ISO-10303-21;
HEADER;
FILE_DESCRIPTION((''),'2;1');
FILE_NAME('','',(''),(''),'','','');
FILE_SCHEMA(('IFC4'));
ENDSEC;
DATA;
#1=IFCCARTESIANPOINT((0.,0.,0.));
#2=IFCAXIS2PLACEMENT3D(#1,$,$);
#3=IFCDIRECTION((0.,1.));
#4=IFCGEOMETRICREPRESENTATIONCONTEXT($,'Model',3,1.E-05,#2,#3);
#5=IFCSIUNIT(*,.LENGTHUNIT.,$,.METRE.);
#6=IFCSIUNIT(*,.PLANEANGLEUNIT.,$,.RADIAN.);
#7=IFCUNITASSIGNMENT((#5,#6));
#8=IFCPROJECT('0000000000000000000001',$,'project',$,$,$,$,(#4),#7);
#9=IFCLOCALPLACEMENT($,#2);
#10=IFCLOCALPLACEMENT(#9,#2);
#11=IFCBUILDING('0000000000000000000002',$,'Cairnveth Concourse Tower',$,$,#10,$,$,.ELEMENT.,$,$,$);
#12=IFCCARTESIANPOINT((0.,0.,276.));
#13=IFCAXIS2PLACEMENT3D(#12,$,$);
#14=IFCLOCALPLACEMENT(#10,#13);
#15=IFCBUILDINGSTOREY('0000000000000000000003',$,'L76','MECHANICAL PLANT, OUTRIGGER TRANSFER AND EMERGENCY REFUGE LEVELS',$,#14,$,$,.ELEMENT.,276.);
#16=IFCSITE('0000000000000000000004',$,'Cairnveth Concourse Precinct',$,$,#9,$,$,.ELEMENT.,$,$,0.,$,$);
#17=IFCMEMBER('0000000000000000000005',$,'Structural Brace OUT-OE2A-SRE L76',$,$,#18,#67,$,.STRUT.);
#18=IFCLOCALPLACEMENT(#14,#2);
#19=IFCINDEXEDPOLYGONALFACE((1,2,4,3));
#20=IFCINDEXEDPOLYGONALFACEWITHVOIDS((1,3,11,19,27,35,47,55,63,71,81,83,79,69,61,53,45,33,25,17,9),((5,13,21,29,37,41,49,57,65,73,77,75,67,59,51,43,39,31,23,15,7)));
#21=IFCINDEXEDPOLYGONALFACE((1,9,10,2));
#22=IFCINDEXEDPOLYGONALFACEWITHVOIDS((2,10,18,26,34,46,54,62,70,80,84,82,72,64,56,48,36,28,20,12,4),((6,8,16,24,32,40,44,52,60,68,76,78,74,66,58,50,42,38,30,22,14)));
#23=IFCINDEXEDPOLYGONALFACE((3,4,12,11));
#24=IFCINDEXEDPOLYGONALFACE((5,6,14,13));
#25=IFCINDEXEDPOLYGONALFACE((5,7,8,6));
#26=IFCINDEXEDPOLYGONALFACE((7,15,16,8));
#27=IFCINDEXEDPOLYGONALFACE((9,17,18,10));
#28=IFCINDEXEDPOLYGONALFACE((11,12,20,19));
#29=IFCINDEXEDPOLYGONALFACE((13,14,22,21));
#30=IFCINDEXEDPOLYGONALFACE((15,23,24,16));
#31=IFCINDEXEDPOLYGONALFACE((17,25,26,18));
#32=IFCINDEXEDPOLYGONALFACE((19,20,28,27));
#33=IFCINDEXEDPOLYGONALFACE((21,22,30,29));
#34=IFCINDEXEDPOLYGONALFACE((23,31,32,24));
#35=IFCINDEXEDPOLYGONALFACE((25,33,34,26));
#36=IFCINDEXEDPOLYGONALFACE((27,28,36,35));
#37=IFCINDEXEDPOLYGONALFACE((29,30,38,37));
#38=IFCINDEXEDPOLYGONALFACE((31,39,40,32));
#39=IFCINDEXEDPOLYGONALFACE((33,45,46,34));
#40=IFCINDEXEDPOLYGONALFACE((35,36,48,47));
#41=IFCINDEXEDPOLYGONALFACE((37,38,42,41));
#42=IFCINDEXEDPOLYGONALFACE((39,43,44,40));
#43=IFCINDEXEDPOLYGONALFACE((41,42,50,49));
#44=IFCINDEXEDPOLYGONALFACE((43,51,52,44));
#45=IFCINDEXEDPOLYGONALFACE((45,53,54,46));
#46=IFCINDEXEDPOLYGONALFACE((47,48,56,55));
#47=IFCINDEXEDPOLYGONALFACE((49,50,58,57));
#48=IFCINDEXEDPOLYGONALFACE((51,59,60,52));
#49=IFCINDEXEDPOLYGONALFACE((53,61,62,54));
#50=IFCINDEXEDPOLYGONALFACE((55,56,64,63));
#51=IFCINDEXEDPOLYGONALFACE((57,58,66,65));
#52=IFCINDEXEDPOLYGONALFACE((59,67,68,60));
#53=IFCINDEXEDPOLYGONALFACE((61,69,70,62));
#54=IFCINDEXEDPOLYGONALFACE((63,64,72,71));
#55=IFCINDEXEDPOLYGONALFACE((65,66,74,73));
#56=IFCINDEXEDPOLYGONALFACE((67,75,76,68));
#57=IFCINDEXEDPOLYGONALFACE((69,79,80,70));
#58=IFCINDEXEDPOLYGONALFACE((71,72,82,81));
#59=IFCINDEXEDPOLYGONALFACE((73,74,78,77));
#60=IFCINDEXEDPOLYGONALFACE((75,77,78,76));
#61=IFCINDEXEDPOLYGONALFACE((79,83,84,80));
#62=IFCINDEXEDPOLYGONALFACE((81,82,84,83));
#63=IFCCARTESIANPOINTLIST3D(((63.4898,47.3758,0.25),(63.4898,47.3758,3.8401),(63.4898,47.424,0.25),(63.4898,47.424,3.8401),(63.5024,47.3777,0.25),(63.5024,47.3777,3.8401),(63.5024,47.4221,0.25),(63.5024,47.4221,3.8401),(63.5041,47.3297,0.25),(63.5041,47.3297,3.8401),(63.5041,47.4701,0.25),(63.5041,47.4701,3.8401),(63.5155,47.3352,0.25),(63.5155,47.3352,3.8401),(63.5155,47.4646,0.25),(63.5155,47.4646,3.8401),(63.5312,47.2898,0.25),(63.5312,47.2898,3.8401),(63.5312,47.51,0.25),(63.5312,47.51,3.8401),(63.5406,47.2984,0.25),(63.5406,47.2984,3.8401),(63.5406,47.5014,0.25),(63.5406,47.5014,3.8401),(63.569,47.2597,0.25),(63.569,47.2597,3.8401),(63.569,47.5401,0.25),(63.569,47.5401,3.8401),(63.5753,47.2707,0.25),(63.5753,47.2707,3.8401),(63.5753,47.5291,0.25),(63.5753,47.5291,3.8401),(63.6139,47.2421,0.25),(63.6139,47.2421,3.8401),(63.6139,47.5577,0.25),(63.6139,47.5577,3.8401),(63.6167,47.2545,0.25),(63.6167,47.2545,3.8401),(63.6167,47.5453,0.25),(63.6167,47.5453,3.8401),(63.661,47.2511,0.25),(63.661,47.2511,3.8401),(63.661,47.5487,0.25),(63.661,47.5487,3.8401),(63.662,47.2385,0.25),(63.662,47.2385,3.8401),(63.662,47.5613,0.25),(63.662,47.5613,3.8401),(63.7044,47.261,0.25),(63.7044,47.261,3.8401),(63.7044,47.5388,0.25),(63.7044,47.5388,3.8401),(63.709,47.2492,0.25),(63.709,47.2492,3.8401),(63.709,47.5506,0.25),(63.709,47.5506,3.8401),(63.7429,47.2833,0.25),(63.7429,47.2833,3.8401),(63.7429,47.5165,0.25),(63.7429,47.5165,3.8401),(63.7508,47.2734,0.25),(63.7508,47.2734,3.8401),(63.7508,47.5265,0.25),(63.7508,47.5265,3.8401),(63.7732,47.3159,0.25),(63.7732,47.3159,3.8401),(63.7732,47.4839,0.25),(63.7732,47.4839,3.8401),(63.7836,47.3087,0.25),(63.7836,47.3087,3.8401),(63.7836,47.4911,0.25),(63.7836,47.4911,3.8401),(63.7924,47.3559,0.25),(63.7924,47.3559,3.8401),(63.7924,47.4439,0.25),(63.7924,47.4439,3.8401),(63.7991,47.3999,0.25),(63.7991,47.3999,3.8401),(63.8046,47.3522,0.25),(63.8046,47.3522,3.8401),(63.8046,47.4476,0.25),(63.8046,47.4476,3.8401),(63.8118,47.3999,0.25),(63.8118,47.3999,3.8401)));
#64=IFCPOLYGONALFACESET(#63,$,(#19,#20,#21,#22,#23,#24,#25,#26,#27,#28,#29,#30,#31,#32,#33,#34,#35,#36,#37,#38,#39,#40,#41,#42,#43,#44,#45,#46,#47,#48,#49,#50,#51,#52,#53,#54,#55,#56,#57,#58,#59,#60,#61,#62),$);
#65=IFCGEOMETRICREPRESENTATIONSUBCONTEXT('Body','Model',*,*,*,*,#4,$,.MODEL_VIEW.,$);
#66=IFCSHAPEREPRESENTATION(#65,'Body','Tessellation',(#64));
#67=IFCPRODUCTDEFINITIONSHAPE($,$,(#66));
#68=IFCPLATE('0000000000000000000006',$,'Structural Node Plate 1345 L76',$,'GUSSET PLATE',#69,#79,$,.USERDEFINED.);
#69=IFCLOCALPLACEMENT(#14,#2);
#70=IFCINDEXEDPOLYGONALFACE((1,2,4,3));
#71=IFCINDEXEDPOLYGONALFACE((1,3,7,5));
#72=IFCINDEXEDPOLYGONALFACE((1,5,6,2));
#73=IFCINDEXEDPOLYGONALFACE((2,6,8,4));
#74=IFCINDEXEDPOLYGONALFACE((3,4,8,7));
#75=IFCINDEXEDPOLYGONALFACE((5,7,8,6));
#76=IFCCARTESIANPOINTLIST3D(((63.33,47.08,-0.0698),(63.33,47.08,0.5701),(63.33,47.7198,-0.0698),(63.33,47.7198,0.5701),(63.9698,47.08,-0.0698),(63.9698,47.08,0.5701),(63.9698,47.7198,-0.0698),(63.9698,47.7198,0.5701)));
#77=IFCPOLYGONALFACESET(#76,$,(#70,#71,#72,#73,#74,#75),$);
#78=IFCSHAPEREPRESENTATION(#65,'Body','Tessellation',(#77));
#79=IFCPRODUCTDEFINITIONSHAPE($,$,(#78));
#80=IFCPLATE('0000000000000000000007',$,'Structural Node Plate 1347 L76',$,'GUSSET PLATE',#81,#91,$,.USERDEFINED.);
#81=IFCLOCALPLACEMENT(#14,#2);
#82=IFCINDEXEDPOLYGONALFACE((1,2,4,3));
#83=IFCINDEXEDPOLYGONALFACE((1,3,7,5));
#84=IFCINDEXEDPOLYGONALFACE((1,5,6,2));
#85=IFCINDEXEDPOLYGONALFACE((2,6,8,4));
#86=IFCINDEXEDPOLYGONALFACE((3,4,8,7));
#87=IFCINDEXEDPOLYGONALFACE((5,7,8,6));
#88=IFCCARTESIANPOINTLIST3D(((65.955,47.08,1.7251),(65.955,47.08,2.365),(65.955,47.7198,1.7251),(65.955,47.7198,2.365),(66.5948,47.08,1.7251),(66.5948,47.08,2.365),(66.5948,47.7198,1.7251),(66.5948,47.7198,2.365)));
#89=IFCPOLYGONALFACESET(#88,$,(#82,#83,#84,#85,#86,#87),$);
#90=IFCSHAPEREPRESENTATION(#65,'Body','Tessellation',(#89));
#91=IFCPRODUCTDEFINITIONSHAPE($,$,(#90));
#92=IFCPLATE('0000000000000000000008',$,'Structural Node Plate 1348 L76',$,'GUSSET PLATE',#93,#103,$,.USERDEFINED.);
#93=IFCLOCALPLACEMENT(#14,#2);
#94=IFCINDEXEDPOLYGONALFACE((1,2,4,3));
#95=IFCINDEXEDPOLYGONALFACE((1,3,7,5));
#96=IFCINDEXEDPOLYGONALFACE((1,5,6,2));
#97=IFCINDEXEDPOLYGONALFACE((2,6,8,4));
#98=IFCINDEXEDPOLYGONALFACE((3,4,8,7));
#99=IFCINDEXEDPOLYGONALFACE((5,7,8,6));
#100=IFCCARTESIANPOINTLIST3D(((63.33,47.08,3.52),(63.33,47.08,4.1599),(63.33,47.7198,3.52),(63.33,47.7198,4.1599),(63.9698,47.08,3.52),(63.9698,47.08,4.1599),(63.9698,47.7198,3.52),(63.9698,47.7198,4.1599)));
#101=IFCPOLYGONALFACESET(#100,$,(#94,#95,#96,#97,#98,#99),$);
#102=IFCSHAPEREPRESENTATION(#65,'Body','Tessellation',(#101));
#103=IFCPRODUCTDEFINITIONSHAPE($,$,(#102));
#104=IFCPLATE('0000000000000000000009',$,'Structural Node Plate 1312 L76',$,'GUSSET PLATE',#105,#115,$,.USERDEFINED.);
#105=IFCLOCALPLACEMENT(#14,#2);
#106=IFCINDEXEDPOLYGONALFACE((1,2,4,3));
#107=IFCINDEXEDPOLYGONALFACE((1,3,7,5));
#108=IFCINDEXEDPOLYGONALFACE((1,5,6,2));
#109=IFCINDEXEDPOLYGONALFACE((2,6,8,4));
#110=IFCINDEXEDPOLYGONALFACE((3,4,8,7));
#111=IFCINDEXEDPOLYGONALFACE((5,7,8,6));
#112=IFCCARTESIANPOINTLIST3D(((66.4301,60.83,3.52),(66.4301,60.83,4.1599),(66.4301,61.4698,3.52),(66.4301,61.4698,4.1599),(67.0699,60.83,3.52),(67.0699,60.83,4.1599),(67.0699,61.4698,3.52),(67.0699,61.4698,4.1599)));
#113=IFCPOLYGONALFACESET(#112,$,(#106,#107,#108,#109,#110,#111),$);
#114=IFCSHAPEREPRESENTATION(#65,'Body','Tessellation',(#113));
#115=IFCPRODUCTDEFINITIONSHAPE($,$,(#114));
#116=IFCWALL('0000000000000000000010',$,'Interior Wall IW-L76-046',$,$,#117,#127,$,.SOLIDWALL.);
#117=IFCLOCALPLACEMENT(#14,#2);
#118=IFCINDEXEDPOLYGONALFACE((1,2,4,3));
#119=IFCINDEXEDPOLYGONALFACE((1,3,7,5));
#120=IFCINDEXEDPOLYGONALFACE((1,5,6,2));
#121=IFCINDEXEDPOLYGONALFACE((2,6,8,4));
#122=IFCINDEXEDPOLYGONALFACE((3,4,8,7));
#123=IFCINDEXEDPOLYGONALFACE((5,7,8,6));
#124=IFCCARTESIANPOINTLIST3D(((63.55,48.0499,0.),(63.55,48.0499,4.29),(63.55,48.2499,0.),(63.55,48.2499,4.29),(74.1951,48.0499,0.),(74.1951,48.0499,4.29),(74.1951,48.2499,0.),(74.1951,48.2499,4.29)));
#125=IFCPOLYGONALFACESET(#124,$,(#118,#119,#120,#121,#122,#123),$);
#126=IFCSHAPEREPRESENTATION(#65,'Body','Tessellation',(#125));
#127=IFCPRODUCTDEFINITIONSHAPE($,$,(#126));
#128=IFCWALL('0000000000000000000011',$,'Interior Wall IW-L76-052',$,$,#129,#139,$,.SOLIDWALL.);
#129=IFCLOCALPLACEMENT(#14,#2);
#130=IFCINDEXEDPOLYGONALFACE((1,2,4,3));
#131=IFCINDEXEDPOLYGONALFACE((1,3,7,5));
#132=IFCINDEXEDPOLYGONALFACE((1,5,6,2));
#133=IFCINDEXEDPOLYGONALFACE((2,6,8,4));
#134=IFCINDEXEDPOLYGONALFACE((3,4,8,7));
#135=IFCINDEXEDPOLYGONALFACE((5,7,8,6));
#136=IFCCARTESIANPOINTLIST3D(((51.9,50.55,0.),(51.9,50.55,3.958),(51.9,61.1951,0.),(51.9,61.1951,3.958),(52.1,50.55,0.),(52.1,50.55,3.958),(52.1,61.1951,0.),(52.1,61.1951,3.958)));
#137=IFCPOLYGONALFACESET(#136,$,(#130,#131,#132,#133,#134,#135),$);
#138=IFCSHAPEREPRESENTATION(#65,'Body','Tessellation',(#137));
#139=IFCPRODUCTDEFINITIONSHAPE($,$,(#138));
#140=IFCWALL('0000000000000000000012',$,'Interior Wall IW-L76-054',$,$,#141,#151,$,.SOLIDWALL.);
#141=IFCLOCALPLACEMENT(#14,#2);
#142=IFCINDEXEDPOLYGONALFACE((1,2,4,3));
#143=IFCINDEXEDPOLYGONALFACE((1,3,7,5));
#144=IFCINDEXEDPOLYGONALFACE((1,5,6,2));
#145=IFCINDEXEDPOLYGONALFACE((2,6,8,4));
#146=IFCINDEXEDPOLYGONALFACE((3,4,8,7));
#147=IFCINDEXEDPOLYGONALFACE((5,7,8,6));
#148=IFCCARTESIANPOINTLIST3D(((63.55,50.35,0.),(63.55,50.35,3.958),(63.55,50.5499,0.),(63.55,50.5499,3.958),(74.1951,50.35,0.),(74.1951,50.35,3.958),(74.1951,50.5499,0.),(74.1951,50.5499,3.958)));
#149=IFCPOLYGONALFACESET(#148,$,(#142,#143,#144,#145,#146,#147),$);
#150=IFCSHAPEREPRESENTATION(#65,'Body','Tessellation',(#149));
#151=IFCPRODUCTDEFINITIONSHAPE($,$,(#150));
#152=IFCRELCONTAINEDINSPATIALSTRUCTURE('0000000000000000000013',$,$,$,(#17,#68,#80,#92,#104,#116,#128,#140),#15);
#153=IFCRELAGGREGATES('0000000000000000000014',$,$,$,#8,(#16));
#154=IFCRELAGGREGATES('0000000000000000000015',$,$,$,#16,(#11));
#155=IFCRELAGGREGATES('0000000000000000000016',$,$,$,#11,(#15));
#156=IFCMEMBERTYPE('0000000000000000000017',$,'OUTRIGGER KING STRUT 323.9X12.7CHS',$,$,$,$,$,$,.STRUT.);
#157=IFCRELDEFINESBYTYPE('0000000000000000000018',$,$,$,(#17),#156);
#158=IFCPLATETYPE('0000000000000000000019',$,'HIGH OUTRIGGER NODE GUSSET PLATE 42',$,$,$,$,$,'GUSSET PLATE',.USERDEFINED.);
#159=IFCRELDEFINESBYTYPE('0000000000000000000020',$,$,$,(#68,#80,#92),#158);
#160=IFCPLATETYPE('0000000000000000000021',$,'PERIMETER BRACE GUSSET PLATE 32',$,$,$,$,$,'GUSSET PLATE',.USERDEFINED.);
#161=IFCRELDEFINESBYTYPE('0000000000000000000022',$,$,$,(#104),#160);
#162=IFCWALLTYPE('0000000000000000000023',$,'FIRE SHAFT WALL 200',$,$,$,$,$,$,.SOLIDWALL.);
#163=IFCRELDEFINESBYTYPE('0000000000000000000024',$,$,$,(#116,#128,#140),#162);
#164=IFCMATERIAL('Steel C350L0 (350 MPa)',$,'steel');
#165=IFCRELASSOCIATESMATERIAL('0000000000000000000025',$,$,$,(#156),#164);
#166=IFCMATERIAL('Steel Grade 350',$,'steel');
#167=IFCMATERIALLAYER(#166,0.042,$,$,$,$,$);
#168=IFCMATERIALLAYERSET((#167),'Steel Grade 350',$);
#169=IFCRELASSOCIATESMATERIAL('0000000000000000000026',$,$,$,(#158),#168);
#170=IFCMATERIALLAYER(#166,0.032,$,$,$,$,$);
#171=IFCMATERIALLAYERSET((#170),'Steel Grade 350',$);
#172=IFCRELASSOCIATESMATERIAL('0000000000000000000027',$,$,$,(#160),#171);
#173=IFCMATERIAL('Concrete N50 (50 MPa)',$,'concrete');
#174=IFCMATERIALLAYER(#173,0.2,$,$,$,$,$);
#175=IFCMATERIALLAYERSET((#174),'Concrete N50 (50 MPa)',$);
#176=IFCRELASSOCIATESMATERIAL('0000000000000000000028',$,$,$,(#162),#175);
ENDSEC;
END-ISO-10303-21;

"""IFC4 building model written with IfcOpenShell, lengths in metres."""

from ifc_helpers import new_model, si_unit, direction, frame, frame_2d, origin, origin_2d, place, context, subcontext, project, spatial, rectangle, hollow_circle, extrude, material, layer, layer_set, material_profile, profile_set, type_object, element, save


model = new_model("IFC4")

# Units and contexts
model_context = context("Model", 3, precision=1e-05, world=origin(), true_north=direction((0.0, 1.0)))
body_context = subcontext(model_context, "Body", "Model", "MODEL_VIEW")
ifc_project = project(units=[si_unit("LENGTHUNIT", "METRE"), si_unit("PLANEANGLEUNIT", "RADIAN")], contexts=[model_context])

# Site, building, storey
site_placement = place(None, origin())
site = spatial("IfcSite", under=ifc_project, at=site_placement, Name="Cairnveth Concourse Precinct", CompositionType="ELEMENT", RefElevation=0.0)
building_placement = place(site_placement, origin())
building = spatial("IfcBuilding", under=site, at=building_placement, Name="Cairnveth Concourse Tower", CompositionType="ELEMENT")
storey_placement = place(building_placement, frame((0.0, 0.0, 276.0)))
storey = spatial("IfcBuildingStorey", under=building, at=storey_placement, Name="L76", Description="MECHANICAL PLANT, OUTRIGGER TRANSFER AND EMERGENCY REFUGE LEVELS", CompositionType="ELEMENT", Elevation=276.0)

# Shared definitions
ifc_material_1 = material(Name="Steel C350L0 (350 MPa)", Category="steel")

# Member
ifc_material_profile_1 = material_profile(ifc_material_1, hollow_circle(Radius=0.1619, WallThickness=0.0127, at=origin_2d()), Name="323.9x12.7CHS")
ifc_profile_set_1 = profile_set([ifc_material_profile_1], Name="Steel C350L0 (350 MPa)")
member_type_1 = type_object("IfcMemberType", Name="OUTRIGGER KING STRUT 323.9X12.7CHS", PredefinedType="STRUT", material=ifc_profile_set_1)
member_1_placement = place(storey_placement, frame((63.6499, 47.3999, 0.25), z_axis=(0.0, 0.0, 1.0), x_axis=(1.0, 0.0, 0.0)))
element("IfcMember", 1, at=member_1_placement, inside=storey, type_object=member_type_1, Name="Structural Brace OUT-OE2A-SRE L76", PredefinedType="STRUT", context=body_context, shape_type="SweptSolid", body=[
    extrude(hollow_circle(Radius=0.1619, WallThickness=0.0127, at=origin_2d()), origin(), (0.0, 0.0, 1.0), 3.5901),
])

# Plates
ifc_material_2 = material(Name="Steel Grade 350", Category="steel")
ifc_layer_1 = layer(ifc_material_2, 0.042)
ifc_layer_set_1 = layer_set([ifc_layer_1], Name="Steel Grade 350")
plate_type_1 = type_object("IfcPlateType", Name="HIGH OUTRIGGER NODE GUSSET PLATE 42", ElementType="GUSSET PLATE", PredefinedType="USERDEFINED", material=ifc_layer_set_1)
for number, where, z_axis, x_axis, name in (
    (2, (63.6499, 47.3999, -0.0698), (0.0, 0.0, 1.0), (1.0, 0.0, 0.0), "Structural Node Plate 1345 L76"),
    (3, (66.2749, 47.3999, 1.7251), (0.0, 0.0, 1.0), (1.0, 0.0, 0.0), "Structural Node Plate 1347 L76"),
    (4, (63.6499, 47.3999, 3.52), (0.0, 0.0, 1.0), (1.0, 0.0, 0.0), "Structural Node Plate 1348 L76"),
):
    element("IfcPlate", number, at=place(storey_placement, frame(where, z_axis=z_axis, x_axis=x_axis)), inside=storey, type_object=plate_type_1, Name=name, ObjectType="GUSSET PLATE", PredefinedType="USERDEFINED", context=body_context, shape_type="SweptSolid", body=[
        extrude(rectangle(XDim=0.6399, YDim=0.6399, at=origin_2d()), origin(), (0.0, 0.0, 1.0), 0.6399),
    ])
ifc_layer_2 = layer(ifc_material_2, 0.032)
ifc_layer_set_2 = layer_set([ifc_layer_2], Name="Steel Grade 350")
plate_type_2 = type_object("IfcPlateType", Name="PERIMETER BRACE GUSSET PLATE 32", ElementType="GUSSET PLATE", PredefinedType="USERDEFINED", material=ifc_layer_set_2)
plate_placement = place(storey_placement, frame((66.75, 61.1499, 3.52), z_axis=(0.0, 0.0, 1.0), x_axis=(1.0, 0.0, 0.0)))
element("IfcPlate", 5, at=plate_placement, inside=storey, type_object=plate_type_2, Name="Structural Node Plate 1312 L76", ObjectType="GUSSET PLATE", PredefinedType="USERDEFINED", context=body_context, shape_type="SweptSolid", body=[
    extrude(rectangle(XDim=0.6399, YDim=0.6399, at=origin_2d()), origin(), (0.0, 0.0, 1.0), 0.6399),
])

# Walls
ifc_material_3 = material(Name="Concrete N50 (50 MPa)", Category="concrete")
ifc_layer_3 = layer(ifc_material_3, 0.2)
ifc_layer_set_3 = layer_set([ifc_layer_3], Name="Concrete N50 (50 MPa)")
wall_type = type_object("IfcWallType", Name="FIRE SHAFT WALL 200", PredefinedType="SOLIDWALL", material=ifc_layer_set_3)
wall_placement = place(storey_placement, frame((63.55, 48.1499, 0.0), z_axis=(0.0, 0.0, 1.0), x_axis=(1.0, 0.0, 0.0)))
element("IfcWall", 6, at=wall_placement, inside=storey, type_object=wall_type, Name="Interior Wall IW-L76-046", PredefinedType="SOLIDWALL", context=body_context, shape_type="SweptSolid", body=[
    extrude(rectangle(XDim=10.645, YDim=0.2, at=frame_2d((5.3225, 0.0))), origin(), (0.0, 0.0, 1.0), 4.29),
])
for number, where, z_axis, x_axis, name in (
    (7, (52.0, 50.55, 0.0), (0.0, 0.0, 1.0), (0.0, 1.0, 0.0), "Interior Wall IW-L76-052"),
    (8, (63.55, 50.45, 0.0), (0.0, 0.0, 1.0), (1.0, 0.0, 0.0), "Interior Wall IW-L76-054"),
):
    element("IfcWall", number, at=place(storey_placement, frame(where, z_axis=z_axis, x_axis=x_axis)), inside=storey, type_object=wall_type, Name=name, PredefinedType="SOLIDWALL", context=body_context, shape_type="SweptSolid", body=[
        extrude(rectangle(XDim=10.645, YDim=0.2, at=frame_2d((5.3225, 0.0))), origin(), (0.0, 0.0, 1.0), 3.958),
    ])

save(model, "model.ifc")
